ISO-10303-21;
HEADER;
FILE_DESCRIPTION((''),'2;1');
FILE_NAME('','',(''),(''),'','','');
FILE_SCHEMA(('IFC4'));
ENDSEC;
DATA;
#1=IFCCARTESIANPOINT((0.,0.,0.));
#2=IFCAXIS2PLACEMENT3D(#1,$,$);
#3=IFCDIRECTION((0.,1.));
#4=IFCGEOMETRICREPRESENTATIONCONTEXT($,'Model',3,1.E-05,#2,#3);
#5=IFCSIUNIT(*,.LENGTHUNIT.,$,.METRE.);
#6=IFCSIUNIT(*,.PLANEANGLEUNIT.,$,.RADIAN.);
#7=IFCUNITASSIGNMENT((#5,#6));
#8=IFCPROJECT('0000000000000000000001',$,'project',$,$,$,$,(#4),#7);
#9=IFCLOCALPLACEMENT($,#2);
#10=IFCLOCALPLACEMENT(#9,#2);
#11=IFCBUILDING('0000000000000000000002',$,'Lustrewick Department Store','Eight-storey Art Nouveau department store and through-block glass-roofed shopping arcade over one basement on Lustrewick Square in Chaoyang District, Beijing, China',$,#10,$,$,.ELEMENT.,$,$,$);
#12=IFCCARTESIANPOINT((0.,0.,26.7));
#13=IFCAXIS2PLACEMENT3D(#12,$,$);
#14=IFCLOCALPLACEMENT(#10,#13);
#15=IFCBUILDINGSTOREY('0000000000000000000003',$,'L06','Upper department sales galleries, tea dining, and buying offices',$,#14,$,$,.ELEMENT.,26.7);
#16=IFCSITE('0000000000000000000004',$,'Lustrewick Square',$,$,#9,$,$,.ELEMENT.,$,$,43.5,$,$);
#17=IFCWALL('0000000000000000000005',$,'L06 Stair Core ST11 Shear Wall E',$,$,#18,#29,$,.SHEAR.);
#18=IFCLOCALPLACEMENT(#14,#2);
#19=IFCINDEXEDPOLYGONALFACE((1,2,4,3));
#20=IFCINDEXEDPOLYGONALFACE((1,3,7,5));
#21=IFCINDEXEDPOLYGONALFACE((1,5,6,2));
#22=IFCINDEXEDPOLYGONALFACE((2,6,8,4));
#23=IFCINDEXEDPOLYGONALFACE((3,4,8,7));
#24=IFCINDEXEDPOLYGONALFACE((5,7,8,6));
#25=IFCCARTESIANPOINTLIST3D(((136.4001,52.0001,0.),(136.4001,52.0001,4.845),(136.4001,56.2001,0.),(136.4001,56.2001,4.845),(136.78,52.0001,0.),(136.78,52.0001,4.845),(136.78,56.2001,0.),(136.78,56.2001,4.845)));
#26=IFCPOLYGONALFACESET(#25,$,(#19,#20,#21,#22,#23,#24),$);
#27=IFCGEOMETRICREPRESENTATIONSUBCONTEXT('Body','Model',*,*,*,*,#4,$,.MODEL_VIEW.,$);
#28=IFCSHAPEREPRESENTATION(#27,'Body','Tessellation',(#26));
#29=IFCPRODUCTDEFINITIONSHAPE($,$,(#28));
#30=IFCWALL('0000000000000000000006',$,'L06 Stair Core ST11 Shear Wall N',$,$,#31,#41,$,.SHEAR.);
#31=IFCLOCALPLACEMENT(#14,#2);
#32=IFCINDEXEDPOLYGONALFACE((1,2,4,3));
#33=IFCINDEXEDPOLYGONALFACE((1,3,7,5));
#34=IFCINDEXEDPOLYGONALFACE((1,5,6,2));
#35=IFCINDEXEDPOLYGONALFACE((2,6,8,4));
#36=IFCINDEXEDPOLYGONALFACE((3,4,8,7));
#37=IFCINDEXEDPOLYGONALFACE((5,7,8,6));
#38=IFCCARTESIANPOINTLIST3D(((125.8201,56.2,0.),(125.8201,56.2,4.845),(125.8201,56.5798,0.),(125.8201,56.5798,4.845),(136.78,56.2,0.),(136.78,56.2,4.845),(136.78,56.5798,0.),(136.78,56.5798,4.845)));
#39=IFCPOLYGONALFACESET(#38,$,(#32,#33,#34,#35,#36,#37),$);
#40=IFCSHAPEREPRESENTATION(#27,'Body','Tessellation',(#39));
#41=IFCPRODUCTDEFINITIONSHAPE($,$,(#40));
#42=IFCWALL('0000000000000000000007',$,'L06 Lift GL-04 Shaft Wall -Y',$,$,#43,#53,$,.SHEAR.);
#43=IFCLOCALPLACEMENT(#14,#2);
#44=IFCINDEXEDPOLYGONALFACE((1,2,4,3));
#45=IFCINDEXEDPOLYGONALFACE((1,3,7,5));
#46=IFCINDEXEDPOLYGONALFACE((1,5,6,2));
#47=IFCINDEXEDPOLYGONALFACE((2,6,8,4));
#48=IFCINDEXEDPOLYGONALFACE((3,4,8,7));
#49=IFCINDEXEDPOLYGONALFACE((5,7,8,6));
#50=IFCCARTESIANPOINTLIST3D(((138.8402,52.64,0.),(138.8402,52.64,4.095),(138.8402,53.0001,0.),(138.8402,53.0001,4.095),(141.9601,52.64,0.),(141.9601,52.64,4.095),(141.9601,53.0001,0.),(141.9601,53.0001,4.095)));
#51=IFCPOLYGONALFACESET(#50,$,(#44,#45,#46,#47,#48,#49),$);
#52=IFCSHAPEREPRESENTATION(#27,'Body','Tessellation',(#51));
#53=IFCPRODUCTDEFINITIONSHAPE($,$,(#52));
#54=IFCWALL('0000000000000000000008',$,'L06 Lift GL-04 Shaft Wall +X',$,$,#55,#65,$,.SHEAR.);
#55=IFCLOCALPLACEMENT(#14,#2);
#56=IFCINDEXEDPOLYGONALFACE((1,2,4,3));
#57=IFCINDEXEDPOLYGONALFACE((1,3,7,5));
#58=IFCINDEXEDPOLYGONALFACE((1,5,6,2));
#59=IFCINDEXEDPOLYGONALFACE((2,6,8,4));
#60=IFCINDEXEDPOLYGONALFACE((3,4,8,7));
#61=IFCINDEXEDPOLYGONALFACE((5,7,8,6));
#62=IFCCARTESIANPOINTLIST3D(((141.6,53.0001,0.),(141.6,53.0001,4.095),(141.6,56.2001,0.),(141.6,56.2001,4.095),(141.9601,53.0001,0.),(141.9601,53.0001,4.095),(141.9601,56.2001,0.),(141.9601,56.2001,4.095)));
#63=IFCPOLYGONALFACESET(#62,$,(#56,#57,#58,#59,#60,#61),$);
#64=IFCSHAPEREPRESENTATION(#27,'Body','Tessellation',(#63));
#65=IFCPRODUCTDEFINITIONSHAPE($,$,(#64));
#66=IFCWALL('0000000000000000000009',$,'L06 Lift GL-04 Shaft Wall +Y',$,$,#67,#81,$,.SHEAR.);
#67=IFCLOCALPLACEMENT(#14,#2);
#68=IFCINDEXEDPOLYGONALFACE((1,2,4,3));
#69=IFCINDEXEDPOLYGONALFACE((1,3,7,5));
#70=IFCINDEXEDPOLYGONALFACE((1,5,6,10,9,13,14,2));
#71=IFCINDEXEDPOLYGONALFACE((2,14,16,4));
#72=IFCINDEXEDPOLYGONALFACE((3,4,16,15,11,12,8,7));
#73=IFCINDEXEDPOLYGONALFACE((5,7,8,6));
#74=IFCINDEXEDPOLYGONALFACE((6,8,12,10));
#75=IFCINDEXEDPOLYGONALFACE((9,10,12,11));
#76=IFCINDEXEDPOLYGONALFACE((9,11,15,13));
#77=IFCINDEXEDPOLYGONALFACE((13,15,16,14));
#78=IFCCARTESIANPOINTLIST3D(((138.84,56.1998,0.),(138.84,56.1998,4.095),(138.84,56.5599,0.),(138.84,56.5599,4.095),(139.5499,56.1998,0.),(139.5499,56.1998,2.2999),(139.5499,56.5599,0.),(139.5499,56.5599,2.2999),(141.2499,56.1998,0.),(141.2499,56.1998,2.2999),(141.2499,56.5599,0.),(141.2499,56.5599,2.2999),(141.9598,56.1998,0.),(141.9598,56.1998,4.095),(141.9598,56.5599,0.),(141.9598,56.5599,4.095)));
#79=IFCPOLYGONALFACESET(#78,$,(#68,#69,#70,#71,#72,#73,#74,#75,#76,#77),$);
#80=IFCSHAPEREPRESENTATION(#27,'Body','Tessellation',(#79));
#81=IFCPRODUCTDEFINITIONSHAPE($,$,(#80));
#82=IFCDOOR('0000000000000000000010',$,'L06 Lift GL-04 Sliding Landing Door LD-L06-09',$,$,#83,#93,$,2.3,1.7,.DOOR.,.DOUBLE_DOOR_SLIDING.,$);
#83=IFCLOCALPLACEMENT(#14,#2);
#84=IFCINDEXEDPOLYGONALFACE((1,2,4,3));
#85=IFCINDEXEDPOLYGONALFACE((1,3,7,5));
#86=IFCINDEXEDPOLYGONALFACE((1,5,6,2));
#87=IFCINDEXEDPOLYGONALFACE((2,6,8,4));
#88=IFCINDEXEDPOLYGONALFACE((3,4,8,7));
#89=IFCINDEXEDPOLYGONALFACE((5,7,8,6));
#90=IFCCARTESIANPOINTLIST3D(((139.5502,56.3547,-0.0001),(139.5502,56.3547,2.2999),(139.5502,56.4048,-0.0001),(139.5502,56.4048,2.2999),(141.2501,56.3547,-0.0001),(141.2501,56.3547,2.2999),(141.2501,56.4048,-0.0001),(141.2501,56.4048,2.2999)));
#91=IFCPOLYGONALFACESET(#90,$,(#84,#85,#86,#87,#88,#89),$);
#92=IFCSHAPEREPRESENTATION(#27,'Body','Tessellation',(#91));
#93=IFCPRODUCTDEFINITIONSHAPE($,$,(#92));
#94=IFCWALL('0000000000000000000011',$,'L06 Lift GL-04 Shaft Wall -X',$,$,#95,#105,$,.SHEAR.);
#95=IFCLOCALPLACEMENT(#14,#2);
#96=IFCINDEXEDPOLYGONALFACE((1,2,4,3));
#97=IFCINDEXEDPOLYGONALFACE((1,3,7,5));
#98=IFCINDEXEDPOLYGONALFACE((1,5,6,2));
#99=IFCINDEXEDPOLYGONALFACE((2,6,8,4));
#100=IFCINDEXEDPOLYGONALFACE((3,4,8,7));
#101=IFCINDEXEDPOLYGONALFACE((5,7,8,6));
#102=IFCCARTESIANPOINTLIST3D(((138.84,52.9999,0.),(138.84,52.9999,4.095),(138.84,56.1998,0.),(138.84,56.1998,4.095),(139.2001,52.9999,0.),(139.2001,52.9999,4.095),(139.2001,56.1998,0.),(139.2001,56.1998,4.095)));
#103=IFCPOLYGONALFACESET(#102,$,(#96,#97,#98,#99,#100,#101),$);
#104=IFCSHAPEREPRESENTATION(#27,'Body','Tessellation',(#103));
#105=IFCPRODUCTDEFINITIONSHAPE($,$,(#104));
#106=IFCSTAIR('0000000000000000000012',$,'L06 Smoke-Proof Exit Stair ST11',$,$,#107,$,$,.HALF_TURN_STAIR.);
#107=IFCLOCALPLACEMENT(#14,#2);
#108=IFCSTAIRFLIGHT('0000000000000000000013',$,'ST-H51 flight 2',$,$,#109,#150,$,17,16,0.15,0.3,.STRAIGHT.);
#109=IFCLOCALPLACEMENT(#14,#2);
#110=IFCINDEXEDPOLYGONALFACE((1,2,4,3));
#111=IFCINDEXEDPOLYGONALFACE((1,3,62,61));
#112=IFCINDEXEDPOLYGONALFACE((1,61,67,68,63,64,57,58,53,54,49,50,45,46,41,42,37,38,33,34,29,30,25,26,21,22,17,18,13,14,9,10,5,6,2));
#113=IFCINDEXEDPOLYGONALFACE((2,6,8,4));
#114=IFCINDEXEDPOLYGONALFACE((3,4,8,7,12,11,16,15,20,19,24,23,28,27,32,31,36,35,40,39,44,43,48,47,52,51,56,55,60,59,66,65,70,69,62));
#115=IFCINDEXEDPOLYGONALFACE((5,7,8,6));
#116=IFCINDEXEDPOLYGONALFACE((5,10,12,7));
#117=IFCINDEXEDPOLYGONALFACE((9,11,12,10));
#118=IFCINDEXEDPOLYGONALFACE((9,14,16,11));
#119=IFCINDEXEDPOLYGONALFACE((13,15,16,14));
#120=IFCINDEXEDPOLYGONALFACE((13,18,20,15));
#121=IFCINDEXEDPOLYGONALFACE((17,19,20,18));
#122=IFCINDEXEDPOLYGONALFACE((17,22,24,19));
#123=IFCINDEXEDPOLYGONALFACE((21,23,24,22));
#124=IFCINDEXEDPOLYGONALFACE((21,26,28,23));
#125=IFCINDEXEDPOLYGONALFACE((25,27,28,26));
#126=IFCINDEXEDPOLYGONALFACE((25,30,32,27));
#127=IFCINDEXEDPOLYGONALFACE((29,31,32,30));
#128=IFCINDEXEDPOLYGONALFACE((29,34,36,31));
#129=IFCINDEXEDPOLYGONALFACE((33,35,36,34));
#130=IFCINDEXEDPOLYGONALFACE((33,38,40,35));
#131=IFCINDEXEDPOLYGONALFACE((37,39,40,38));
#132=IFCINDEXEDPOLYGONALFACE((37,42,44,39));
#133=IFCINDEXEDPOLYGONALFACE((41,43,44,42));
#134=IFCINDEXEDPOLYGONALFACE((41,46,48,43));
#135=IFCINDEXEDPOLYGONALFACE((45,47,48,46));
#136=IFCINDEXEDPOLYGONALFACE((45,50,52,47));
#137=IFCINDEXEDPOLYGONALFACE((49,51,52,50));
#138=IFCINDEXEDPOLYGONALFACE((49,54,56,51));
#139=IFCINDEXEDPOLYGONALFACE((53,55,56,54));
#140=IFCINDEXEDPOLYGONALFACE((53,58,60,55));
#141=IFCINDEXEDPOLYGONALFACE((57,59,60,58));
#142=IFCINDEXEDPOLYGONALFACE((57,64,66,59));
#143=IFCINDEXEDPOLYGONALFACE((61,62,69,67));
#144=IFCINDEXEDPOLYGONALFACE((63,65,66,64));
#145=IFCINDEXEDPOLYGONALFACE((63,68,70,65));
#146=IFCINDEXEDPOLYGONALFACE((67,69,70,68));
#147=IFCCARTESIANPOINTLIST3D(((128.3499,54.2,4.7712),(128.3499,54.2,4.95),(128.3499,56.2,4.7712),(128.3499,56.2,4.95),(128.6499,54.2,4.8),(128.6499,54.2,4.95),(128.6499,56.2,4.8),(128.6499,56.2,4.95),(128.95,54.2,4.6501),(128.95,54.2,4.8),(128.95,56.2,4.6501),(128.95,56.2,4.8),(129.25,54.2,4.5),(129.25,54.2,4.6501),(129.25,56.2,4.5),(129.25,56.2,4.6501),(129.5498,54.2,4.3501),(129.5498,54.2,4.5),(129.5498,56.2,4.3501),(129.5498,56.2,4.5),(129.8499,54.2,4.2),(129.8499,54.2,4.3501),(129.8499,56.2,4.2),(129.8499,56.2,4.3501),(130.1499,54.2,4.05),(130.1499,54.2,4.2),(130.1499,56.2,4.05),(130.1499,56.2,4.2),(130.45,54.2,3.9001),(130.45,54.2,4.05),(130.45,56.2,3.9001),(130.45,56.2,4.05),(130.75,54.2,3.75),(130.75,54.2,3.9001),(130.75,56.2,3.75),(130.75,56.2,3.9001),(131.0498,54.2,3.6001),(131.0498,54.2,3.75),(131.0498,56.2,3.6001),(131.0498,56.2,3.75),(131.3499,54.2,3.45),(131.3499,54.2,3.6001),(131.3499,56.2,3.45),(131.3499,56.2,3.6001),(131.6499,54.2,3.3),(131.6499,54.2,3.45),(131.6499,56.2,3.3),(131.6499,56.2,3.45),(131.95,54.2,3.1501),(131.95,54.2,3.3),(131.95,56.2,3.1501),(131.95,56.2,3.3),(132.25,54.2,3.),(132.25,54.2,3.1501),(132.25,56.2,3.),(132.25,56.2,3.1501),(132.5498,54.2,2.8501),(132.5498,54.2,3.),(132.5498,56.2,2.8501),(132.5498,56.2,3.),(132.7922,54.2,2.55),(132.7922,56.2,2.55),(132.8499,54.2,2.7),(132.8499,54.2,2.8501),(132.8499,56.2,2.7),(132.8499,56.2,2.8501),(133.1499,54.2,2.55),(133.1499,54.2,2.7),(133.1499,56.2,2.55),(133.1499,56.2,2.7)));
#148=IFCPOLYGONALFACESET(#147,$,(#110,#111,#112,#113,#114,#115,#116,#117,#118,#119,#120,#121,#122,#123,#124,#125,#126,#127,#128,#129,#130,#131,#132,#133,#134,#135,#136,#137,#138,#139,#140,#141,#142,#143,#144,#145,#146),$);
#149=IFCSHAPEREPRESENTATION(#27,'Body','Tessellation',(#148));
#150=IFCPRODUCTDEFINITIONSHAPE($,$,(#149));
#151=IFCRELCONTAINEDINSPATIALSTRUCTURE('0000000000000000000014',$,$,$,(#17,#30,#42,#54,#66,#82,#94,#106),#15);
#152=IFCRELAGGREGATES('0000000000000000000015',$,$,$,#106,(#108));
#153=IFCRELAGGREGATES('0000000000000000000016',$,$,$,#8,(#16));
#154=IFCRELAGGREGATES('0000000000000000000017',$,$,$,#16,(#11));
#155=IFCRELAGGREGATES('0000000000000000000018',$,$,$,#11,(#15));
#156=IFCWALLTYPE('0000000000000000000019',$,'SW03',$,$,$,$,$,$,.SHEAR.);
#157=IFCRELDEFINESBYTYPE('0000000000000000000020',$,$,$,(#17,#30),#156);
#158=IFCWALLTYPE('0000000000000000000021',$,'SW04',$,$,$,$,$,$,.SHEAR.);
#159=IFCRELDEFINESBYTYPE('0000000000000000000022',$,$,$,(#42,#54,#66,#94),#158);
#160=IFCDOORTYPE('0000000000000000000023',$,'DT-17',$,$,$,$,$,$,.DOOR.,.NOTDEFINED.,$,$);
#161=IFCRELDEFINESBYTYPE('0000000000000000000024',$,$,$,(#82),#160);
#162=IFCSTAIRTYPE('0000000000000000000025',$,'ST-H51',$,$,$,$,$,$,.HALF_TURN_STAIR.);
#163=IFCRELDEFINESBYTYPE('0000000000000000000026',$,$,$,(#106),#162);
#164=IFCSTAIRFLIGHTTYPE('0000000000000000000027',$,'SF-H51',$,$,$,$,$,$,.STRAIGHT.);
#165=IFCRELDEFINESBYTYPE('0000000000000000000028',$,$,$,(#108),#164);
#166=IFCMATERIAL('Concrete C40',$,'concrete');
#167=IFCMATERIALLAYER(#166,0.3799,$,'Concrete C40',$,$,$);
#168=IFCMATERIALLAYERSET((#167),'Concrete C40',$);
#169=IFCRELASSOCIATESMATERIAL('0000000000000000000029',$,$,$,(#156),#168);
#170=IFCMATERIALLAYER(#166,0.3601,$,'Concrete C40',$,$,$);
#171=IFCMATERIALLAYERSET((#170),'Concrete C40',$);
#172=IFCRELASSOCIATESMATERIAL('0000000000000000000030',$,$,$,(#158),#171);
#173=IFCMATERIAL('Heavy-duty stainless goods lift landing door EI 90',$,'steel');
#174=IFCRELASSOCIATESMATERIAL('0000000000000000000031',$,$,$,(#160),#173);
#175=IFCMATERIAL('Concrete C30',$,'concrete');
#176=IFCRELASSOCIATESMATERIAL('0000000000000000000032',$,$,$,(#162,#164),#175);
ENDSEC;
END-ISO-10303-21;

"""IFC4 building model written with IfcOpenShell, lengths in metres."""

from ifc_helpers import new_model, si_unit, direction, frame, frame_2d, origin, place, context, subcontext, project, spatial, polyline, rectangle, outline, extrude, material, layer, layer_set, type_object, element, fill, aggregate, save


model = new_model("IFC4")

# Units and contexts
model_context = context("Model", 3, precision=1e-05, world=origin(), true_north=direction((0.0, 1.0)))
body_context = subcontext(model_context, "Body", "Model", "MODEL_VIEW")
ifc_project = project(units=[si_unit("LENGTHUNIT", "METRE"), si_unit("PLANEANGLEUNIT", "RADIAN")], contexts=[model_context])

# Site, building, storey
site_placement = place(None, origin())
site = spatial("IfcSite", under=ifc_project, at=site_placement, Name="Lustrewick Square", CompositionType="ELEMENT", RefElevation=43.5)
building_placement = place(site_placement, origin())
building = spatial("IfcBuilding", under=site, at=building_placement, Name="Lustrewick Department Store", Description="Eight-storey Art Nouveau department store and through-block glass-roofed shopping arcade over one basement on Lustrewick Square in Chaoyang District, Beijing, China", CompositionType="ELEMENT")
storey_placement = place(building_placement, frame((0.0, 0.0, 26.7)))
storey = spatial("IfcBuildingStorey", under=building, at=storey_placement, Name="L06", Description="Upper department sales galleries, tea dining, and buying offices", CompositionType="ELEMENT", Elevation=26.7)

# Walls
ifc_material_1 = material(Name="Concrete C40", Category="concrete")
ifc_layer_1 = layer(ifc_material_1, 0.3799, Name="Concrete C40")
ifc_layer_set_1 = layer_set([ifc_layer_1], Name="Concrete C40")
wall_type_1 = type_object("IfcWallType", Name="SW03", PredefinedType="SHEAR", material=ifc_layer_set_1)
wall_1_placement = place(storey_placement, frame((136.5901, 52.0, 0.0), z_axis=(0.0, 0.0, 1.0), x_axis=(0.0, 1.0, 0.0)))
element("IfcWall", 1, at=wall_1_placement, inside=storey, type_object=wall_type_1, Name="L06 Stair Core ST11 Shear Wall E", PredefinedType="SHEAR", context=body_context, shape_type="SweptSolid", body=[
    extrude(rectangle(XDim=4.2, YDim=0.3799, at=frame_2d((2.1001, 0.0))), origin(), (0.0, 0.0, 1.0), 4.845),
])
wall_2_placement = place(storey_placement, frame((136.78, 56.3899, 0.0), z_axis=(0.0, 0.0, 1.0), x_axis=(-1.0, 0.0, 0.0)))
element("IfcWall", 2, at=wall_2_placement, inside=storey, type_object=wall_type_1, Name="L06 Stair Core ST11 Shear Wall N", PredefinedType="SHEAR", context=body_context, shape_type="SweptSolid", body=[
    extrude(rectangle(XDim=10.96, YDim=0.3799, at=frame_2d((5.48, 0.0))), origin(), (0.0, 0.0, 1.0), 4.845),
])
ifc_layer_2 = layer(ifc_material_1, 0.3601, Name="Concrete C40")
ifc_layer_set_2 = layer_set([ifc_layer_2], Name="Concrete C40")
wall_type_2 = type_object("IfcWallType", Name="SW04", PredefinedType="SHEAR", material=ifc_layer_set_2)
wall_3_placement = place(storey_placement, frame((138.8401, 52.8201, 0.0), z_axis=(0.0, 0.0, 1.0), x_axis=(1.0, 0.0, 0.0)))
element("IfcWall", 3, at=wall_3_placement, inside=storey, type_object=wall_type_2, Name="L06 Lift GL-04 Shaft Wall -Y", PredefinedType="SHEAR", context=body_context, shape_type="SweptSolid", body=[
    extrude(rectangle(XDim=3.1199, YDim=0.3601, at=frame_2d((1.5601, 0.0))), origin(), (0.0, 0.0, 1.0), 4.095),
])
wall_4_placement = place(storey_placement, frame((141.78, 53.0, 0.0), z_axis=(0.0, 0.0, 1.0), x_axis=(0.0, 1.0, 0.0)))
element("IfcWall", 4, at=wall_4_placement, inside=storey, type_object=wall_type_2, Name="L06 Lift GL-04 Shaft Wall +X", PredefinedType="SHEAR", context=body_context, shape_type="SweptSolid", body=[
    extrude(rectangle(XDim=3.2, YDim=0.3601, at=frame_2d((1.6001, 0.0))), origin(), (0.0, 0.0, 1.0), 4.095),
])

# Wall, opening, door
wall_5_placement = place(storey_placement, frame((141.96, 56.3799, 0.0), z_axis=(0.0, 0.0, 1.0), x_axis=(-1.0, 0.0, 0.0)))
wall_5 = element("IfcWall", 5, at=wall_5_placement, inside=storey, type_object=wall_type_2, Name="L06 Lift GL-04 Shaft Wall +Y", PredefinedType="SHEAR", context=body_context, shape_type="SweptSolid", body=[
    extrude(rectangle(XDim=3.1199, YDim=0.3601, at=frame_2d((1.5601, 0.0))), origin(), (0.0, 0.0, 1.0), 4.095),
])
opening_1_placement = place(wall_5_placement, frame((0.71, 0.0, 0.0)))
opening_1 = element("IfcOpeningElement", 6, at=opening_1_placement, cuts=wall_5, PredefinedType="OPENING", context=body_context, shape_type="SweptSolid", body=[
    extrude(rectangle(XDim=1.7, YDim=2.3, at=frame_2d((0.8501, 1.1499))), frame((0.0, 0.1899, 0.0), z_axis=(0.0, -1.0, 0.0), x_axis=(1.0, 0.0, 0.0)), (0.0, 0.0, 1.0), 0.3801),
])
ifc_material_2 = material(Name="Heavy-duty stainless goods lift landing door EI 90", Category="steel")
door_type = type_object("IfcDoorType", Name="DT-17", OperationType="NOTDEFINED", PredefinedType="DOOR", material=ifc_material_2)
door_placement = place(opening_1_placement, frame((1.7, 0.0, 0.0), z_axis=(0.0, 0.0, 1.0), x_axis=(-1.0, 0.0, 0.0)))
door = element("IfcDoor", 7, at=door_placement, inside=storey, type_object=door_type, Name="L06 Lift GL-04 Sliding Landing Door LD-L06-09", OperationType="DOUBLE_DOOR_SLIDING", OverallHeight=2.3, OverallWidth=1.7, PredefinedType="DOOR", context=body_context, shape_type="SweptSolid", body=[
    extrude(rectangle(XDim=1.7, YDim=2.3, at=frame_2d((0.8501, 1.1499))), frame((0.0, 0.0249, 0.0), z_axis=(0.0, -1.0, 0.0), x_axis=(1.0, 0.0, 0.0)), (0.0, 0.0, 1.0), 0.05),
])
fill(opening_1, door)

# Wall
wall_6_placement = place(storey_placement, frame((139.02, 56.2, 0.0), z_axis=(0.0, 0.0, 1.0), x_axis=(0.0, -1.0, 0.0)))
element("IfcWall", 8, at=wall_6_placement, inside=storey, type_object=wall_type_2, Name="L06 Lift GL-04 Shaft Wall -X", PredefinedType="SHEAR", context=body_context, shape_type="SweptSolid", body=[
    extrude(rectangle(XDim=3.2, YDim=0.3601, at=frame_2d((1.6001, 0.0))), origin(), (0.0, 0.0, 1.0), 4.095),
])

# Stair, stair flight
ifc_material_3 = material(Name="Concrete C30", Category="concrete")
stair_type = type_object("IfcStairType", Name="ST-H51", PredefinedType="HALF_TURN_STAIR", material=ifc_material_3)
stair_placement = place(storey_placement, origin())
stair = element("IfcStair", 9, at=stair_placement, inside=storey, type_object=stair_type, Name="L06 Smoke-Proof Exit Stair ST11", PredefinedType="HALF_TURN_STAIR")
stair_flight_type = type_object("IfcStairFlightType", Name="SF-H51", PredefinedType="STRAIGHT", material=ifc_material_3)
stair_flight_placement = place(storey_placement, frame((133.1499, 55.2, 2.55), z_axis=(0.0, 0.0, 1.0), x_axis=(-1.0, 0.0, 0.0)))
stair_flight = element("IfcStairFlight", 10, at=stair_flight_placement, type_object=stair_flight_type, Name="ST-H51 flight 2", NumberOfRisers=17, NumberOfTreads=16, PredefinedType="STRAIGHT", RiserHeight=0.15, TreadLength=0.3, context=body_context, shape_type="SweptSolid", body=[
    extrude(outline(polyline([(0.0, 0.0), (0.0, 0.1499), (0.3, 0.1499), (0.3, 0.3), (0.6001, 0.3), (0.6001, 0.45), (0.8999, 0.45), (0.8999, 0.6001), (1.2, 0.6001), (1.2, 0.75), (1.5, 0.75), (1.5, 0.8999), (1.8, 0.8999), (1.8, 1.05), (2.1001, 1.05), (2.1001, 1.2), (2.3999, 1.2), (2.3999, 1.3501), (2.7, 1.3501), (2.7, 1.5), (3.0, 1.5), (3.0, 1.6499), (3.3, 1.6499), (3.3, 1.8), (3.6001, 1.8), (3.6001, 1.95), (3.8999, 1.95), (3.8999, 2.1001), (4.2, 2.1001), (4.2, 2.25), (4.5, 2.25), (4.5, 2.3999), (4.8, 2.3999), (4.8, 2.55), (4.8, 2.2212), (0.3577, 0.0), (0.0, 0.0)])), frame((0.0, 1.0, 0.0), z_axis=(0.0, -1.0, 0.0), x_axis=(1.0, 0.0, 0.0)), (0.0, 0.0, 1.0), 2.0),
])
aggregate(stair, [stair_flight])

save(model, "model.ifc")
